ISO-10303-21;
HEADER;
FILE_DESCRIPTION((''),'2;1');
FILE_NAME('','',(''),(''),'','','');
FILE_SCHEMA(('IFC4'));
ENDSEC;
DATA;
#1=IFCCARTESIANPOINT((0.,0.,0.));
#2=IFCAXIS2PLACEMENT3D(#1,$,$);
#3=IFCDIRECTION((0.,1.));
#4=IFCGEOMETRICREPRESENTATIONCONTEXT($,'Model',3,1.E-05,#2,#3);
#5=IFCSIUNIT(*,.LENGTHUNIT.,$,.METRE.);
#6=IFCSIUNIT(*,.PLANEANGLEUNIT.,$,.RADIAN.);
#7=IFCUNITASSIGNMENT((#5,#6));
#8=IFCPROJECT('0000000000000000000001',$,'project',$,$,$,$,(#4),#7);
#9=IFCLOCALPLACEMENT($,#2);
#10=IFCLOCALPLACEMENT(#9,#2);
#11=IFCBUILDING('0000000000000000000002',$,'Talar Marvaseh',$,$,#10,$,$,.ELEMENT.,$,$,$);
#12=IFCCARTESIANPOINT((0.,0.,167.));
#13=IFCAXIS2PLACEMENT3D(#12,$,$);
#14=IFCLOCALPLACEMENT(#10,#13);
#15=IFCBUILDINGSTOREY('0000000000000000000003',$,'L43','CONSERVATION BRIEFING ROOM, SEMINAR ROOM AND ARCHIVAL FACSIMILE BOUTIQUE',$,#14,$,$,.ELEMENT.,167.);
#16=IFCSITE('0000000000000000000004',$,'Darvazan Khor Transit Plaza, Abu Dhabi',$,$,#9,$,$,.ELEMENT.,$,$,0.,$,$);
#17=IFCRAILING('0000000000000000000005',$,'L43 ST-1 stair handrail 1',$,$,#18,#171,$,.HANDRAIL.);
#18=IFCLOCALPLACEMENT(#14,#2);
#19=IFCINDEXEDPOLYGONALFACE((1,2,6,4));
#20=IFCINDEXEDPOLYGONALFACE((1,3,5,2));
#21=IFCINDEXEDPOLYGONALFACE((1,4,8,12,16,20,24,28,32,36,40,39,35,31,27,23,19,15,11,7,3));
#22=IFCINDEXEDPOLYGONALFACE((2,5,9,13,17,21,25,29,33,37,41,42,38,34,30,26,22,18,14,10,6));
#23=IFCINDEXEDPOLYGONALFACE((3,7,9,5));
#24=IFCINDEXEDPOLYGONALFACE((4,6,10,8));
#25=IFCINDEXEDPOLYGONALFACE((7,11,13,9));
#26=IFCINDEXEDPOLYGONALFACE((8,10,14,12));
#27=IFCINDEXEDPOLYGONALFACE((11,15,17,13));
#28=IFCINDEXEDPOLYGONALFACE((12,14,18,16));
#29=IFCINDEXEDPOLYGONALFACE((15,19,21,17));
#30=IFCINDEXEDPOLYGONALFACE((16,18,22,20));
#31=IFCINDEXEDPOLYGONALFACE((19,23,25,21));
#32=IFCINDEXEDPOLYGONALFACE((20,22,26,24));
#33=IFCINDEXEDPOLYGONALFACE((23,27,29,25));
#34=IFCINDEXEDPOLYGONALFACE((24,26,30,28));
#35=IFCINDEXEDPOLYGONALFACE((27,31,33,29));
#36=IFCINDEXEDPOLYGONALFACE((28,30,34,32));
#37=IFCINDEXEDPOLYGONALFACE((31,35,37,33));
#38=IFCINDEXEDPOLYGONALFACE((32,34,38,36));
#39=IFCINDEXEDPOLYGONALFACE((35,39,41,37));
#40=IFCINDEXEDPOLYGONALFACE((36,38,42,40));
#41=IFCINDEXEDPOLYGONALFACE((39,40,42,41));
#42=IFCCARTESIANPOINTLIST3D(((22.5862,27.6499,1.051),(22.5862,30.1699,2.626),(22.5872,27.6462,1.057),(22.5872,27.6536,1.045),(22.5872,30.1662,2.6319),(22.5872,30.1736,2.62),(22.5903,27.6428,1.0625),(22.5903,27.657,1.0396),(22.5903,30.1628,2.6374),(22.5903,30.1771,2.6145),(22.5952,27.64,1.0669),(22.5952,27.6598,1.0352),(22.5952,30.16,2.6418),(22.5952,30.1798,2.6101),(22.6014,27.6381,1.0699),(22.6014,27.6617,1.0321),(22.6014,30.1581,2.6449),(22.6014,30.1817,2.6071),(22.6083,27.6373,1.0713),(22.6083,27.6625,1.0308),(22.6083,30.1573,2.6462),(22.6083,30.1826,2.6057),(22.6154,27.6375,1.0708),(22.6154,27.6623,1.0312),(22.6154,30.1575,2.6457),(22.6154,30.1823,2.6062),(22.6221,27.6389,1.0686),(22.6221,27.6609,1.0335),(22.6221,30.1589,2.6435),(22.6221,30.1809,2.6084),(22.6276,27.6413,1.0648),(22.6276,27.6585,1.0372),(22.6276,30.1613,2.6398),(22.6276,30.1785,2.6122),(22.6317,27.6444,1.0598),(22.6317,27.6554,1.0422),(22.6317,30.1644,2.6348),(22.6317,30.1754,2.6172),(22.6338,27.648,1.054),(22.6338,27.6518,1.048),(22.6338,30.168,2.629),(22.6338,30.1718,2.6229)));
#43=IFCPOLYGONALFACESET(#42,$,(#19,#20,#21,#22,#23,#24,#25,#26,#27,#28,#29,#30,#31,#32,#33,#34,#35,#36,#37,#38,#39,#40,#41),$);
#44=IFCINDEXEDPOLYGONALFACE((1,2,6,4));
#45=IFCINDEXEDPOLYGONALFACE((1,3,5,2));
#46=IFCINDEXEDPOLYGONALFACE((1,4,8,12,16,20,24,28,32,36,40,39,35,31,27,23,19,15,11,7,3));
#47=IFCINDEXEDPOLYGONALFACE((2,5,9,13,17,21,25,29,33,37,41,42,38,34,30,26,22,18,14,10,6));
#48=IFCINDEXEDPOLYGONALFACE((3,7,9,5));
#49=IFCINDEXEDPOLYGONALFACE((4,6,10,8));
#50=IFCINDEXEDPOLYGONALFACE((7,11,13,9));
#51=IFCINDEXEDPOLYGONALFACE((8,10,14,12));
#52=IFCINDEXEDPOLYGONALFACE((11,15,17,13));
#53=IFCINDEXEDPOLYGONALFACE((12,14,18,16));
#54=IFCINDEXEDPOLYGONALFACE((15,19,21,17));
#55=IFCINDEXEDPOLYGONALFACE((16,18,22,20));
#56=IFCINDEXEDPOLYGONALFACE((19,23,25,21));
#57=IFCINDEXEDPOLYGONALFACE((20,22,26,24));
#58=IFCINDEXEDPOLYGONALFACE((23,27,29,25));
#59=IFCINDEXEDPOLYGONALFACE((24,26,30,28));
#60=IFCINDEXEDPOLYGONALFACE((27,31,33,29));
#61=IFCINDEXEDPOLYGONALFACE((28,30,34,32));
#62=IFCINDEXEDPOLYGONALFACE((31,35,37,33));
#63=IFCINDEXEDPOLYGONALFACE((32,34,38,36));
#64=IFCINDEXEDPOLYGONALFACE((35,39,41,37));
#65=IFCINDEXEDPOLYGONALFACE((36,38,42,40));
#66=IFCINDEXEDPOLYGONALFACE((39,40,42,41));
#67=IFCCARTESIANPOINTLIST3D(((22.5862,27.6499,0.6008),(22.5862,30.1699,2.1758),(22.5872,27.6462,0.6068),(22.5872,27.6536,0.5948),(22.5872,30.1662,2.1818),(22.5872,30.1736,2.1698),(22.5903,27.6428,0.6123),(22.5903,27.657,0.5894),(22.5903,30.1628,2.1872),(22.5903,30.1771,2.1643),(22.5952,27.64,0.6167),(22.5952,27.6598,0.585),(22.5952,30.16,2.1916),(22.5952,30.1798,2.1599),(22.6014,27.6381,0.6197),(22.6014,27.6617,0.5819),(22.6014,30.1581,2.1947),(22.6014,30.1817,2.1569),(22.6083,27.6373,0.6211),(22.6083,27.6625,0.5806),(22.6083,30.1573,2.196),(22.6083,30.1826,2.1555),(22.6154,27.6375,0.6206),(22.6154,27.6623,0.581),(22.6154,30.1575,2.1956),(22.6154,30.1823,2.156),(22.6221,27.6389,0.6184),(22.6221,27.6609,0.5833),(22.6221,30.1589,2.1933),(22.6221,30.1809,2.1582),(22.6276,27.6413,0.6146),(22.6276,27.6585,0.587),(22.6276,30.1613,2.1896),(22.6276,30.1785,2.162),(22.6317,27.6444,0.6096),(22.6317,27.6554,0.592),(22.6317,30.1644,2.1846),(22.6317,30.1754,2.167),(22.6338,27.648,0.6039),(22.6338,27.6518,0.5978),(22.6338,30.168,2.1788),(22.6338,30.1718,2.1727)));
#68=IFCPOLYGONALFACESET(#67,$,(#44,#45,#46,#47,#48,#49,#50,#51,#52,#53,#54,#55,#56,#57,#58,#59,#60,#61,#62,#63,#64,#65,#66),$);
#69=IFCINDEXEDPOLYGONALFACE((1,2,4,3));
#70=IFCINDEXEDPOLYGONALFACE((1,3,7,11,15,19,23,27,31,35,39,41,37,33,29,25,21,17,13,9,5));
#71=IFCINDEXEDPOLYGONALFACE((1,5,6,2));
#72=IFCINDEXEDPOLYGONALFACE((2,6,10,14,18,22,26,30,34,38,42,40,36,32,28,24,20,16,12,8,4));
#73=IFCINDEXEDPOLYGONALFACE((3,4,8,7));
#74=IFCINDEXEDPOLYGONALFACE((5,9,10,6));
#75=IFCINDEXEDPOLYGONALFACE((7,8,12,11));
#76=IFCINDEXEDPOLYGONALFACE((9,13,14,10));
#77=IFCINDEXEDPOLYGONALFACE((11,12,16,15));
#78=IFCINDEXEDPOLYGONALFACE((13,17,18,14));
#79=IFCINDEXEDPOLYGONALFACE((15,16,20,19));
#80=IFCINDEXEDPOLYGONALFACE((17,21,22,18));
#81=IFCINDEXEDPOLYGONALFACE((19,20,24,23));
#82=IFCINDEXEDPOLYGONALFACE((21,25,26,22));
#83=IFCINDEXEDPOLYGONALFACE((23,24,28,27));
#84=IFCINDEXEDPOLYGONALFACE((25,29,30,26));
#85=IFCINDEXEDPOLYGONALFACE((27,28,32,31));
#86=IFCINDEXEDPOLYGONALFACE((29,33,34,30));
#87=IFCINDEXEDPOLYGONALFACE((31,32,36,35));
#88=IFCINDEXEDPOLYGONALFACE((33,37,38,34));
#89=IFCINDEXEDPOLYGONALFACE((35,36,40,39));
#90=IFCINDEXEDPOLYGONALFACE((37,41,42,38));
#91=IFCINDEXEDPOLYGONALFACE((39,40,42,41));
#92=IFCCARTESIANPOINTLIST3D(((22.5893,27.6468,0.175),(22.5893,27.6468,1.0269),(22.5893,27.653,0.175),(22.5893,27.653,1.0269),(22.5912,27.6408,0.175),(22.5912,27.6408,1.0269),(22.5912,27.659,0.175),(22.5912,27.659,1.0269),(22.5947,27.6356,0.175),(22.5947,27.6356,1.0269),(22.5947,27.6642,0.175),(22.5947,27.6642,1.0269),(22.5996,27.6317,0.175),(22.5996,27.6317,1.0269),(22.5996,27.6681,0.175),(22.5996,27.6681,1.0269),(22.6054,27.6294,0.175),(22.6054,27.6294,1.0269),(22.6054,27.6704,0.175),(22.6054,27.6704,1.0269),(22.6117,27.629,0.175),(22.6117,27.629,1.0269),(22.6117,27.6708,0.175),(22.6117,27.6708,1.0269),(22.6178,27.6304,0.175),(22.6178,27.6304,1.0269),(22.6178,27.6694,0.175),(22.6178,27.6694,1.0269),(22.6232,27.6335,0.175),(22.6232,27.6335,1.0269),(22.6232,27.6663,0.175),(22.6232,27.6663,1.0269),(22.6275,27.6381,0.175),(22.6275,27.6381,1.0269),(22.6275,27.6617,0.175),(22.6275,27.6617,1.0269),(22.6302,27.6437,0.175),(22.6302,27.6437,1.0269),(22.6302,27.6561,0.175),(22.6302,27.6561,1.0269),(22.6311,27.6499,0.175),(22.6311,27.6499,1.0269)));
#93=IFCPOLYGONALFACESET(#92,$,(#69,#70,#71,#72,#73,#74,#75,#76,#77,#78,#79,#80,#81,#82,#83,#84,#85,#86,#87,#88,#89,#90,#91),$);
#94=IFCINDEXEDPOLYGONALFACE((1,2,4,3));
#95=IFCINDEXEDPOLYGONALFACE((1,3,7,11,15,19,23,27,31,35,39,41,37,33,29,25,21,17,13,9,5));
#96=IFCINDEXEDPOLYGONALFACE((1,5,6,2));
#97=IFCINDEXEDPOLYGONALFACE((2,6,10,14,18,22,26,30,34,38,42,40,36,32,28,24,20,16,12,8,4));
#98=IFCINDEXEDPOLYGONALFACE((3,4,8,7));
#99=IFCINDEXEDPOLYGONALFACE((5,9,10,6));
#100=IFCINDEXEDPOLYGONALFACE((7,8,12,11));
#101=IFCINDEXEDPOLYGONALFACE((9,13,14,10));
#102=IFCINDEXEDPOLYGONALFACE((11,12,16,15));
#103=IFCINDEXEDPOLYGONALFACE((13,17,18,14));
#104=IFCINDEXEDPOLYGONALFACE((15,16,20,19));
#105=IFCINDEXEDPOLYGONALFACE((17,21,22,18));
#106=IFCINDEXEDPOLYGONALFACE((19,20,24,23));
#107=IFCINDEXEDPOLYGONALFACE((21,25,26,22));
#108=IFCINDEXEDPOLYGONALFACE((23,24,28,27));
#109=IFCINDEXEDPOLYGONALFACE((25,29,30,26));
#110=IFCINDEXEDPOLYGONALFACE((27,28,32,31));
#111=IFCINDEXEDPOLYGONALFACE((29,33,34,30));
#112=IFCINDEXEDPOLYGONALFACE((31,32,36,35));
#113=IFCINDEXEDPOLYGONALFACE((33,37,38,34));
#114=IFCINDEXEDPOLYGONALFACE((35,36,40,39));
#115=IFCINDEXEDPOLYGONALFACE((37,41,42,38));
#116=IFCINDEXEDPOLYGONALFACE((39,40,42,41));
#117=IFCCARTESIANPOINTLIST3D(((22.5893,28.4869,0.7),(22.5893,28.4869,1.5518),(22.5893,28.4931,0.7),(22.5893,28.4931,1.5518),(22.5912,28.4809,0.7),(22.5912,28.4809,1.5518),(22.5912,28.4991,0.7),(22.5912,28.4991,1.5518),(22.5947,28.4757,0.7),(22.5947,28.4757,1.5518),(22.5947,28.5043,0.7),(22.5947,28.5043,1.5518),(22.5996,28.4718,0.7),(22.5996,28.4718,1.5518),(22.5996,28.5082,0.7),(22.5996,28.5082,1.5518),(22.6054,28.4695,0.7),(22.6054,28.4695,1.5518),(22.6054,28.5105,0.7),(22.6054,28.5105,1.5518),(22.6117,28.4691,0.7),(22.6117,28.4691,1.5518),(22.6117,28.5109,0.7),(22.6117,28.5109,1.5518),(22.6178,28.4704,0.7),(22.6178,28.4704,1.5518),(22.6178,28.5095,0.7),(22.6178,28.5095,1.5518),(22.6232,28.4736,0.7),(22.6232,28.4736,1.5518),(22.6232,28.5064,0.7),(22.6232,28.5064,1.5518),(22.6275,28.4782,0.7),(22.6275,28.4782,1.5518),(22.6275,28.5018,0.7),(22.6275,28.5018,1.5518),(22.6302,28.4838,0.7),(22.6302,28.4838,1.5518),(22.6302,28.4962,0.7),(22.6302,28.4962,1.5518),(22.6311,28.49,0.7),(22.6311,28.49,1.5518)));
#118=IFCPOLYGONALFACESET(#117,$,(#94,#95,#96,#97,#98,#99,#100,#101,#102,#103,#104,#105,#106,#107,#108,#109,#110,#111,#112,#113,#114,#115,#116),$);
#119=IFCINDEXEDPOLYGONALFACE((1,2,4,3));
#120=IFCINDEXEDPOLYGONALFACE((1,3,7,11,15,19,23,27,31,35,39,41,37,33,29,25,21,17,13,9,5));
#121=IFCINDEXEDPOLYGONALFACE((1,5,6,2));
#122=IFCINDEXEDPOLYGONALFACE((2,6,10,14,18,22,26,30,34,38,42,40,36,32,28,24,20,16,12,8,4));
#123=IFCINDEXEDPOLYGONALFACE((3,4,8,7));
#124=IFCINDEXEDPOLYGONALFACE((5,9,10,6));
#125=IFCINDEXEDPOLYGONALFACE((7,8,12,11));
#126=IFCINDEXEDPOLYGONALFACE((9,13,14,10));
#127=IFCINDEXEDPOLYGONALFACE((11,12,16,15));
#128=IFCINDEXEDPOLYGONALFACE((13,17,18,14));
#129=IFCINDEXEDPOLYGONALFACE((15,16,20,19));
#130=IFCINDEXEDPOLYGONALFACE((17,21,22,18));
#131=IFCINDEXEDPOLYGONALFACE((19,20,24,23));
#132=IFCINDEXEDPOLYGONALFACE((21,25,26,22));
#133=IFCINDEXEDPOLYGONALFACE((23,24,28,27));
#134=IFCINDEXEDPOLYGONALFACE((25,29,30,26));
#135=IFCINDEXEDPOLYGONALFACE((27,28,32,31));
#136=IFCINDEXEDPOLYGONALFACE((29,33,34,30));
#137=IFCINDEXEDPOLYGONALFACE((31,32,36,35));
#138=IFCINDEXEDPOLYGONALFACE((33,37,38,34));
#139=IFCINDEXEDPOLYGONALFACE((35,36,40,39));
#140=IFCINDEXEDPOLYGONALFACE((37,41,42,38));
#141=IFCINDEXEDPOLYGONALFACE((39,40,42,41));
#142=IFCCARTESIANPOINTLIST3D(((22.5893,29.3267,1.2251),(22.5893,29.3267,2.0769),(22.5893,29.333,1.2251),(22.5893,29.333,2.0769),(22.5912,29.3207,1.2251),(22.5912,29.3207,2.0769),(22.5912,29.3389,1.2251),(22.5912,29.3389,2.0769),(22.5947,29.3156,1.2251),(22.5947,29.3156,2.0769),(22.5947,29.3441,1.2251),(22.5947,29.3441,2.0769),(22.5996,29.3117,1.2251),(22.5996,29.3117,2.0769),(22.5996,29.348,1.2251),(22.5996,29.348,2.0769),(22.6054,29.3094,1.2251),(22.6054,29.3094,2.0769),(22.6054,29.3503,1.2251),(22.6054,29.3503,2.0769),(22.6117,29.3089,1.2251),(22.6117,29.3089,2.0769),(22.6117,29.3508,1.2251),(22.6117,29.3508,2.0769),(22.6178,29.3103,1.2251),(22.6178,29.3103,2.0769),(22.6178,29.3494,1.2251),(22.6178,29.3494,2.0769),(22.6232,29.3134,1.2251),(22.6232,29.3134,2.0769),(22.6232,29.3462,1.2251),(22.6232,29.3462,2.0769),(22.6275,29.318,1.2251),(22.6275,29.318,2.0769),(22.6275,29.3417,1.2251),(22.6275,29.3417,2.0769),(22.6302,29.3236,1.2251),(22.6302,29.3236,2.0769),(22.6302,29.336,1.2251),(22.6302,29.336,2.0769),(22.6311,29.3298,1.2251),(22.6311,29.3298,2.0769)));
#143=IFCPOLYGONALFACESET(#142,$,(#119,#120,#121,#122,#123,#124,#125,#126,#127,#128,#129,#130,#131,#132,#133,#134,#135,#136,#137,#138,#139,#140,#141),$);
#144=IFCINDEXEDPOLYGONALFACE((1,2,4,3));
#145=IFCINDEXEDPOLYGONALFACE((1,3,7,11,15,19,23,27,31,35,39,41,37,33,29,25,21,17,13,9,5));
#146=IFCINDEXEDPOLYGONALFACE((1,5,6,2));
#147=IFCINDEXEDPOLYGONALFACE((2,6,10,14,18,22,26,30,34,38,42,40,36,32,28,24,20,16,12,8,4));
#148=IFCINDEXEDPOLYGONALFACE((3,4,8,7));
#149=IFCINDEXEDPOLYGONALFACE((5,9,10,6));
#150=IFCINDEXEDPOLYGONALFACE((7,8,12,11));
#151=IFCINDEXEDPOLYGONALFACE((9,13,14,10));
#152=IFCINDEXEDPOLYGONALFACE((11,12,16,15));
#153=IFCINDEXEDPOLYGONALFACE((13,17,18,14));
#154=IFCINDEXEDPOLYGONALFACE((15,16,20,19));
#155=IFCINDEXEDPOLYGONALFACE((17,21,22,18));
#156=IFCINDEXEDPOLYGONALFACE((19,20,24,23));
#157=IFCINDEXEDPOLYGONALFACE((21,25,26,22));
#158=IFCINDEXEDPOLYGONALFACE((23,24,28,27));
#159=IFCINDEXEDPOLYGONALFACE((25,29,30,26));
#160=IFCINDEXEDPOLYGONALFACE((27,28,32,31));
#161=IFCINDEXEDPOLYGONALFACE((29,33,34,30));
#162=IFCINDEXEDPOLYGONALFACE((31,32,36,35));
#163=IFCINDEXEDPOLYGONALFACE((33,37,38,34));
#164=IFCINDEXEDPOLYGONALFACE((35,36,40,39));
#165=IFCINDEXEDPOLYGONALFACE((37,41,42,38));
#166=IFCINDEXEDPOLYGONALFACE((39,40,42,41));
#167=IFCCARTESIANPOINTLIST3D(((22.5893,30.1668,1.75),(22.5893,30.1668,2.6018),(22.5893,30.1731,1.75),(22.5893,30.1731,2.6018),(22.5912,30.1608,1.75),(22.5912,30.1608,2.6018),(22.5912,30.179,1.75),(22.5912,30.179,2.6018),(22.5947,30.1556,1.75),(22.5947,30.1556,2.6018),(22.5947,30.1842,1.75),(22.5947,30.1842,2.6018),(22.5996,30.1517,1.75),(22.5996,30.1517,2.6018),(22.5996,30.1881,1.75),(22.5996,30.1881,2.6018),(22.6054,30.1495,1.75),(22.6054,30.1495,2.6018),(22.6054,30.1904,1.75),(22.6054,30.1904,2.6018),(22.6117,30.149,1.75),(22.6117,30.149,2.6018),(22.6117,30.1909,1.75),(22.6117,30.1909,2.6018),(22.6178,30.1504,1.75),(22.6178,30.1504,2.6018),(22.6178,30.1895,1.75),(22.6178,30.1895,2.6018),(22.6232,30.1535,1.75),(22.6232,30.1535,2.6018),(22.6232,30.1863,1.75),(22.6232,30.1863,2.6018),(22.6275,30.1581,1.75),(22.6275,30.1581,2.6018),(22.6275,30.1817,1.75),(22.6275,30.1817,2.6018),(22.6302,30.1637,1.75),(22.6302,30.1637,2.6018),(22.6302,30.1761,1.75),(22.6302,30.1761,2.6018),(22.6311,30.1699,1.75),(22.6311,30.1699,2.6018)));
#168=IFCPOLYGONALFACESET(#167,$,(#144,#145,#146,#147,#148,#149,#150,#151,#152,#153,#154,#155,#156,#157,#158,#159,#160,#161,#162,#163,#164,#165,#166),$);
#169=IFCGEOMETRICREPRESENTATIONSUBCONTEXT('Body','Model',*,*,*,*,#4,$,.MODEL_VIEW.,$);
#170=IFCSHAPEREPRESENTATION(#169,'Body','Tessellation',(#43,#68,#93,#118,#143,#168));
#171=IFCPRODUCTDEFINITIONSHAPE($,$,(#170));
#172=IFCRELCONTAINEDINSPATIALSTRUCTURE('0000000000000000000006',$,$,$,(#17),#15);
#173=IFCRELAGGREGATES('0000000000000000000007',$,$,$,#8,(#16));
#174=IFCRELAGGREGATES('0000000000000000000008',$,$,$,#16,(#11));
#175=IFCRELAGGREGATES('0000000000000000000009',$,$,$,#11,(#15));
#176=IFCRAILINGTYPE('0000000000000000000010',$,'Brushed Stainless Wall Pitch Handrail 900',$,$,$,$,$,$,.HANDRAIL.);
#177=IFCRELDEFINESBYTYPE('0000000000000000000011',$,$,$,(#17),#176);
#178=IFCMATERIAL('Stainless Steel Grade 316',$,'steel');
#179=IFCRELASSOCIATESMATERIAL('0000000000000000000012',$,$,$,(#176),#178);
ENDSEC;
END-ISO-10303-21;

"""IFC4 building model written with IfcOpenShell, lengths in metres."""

from ifc_helpers import new_model, si_unit, direction, frame, origin, origin_2d, place, context, subcontext, project, spatial, circle, extrude, material, type_object, element, save


model = new_model("IFC4")

# Units and contexts
model_context = context("Model", 3, precision=1e-05, world=origin(), true_north=direction((0.0, 1.0)))
body_context = subcontext(model_context, "Body", "Model", "MODEL_VIEW")
ifc_project = project(units=[si_unit("LENGTHUNIT", "METRE"), si_unit("PLANEANGLEUNIT", "RADIAN")], contexts=[model_context])

# Site, building, storey
site_placement = place(None, origin())
site = spatial("IfcSite", under=ifc_project, at=site_placement, Name="Darvazan Khor Transit Plaza, Abu Dhabi", CompositionType="ELEMENT", RefElevation=0.0)
building_placement = place(site_placement, origin())
building = spatial("IfcBuilding", under=site, at=building_placement, Name="Talar Marvaseh", CompositionType="ELEMENT")
storey_placement = place(building_placement, frame((0.0, 0.0, 167.0)))
storey = spatial("IfcBuildingStorey", under=building, at=storey_placement, Name="L43", Description="CONSERVATION BRIEFING ROOM, SEMINAR ROOM AND ARCHIVAL FACSIMILE BOUTIQUE", CompositionType="ELEMENT", Elevation=167.0)

# Railing
ifc_material_1 = material(Name="Stainless Steel Grade 316", Category="steel")
railing_type_1 = type_object("IfcRailingType", Name="Brushed Stainless Wall Pitch Handrail 900", PredefinedType="HANDRAIL", material=ifc_material_1)
railing_1_placement = place(storey_placement, frame((22.6101, 27.6499, 0.175)))
element("IfcRailing", 1, at=railing_1_placement, inside=storey, type_object=railing_type_1, Name="L43 ST-1 stair handrail 1", PredefinedType="HANDRAIL", context=body_context, shape_type="SweptSolid", body=[
    extrude(circle(Radius=0.0239, at=origin_2d()), frame((0.0, 0.0, 0.876), z_axis=(0.0, 0.848008, 0.529984), x_axis=(-1.0, 0.0, 0.0)), (0.0, 0.0, 1.0), 2.9717),
    extrude(circle(Radius=0.0239, at=origin_2d()), frame((0.0, 0.0, 0.4258), z_axis=(0.0, 0.848008, 0.529984), x_axis=(-1.0, 0.0, 0.0)), (0.0, 0.0, 1.0), 2.9717),
    extrude(circle(Radius=0.021, at=origin_2d()), origin(), (0.0, 0.0, 1.0), 0.8518),
    extrude(circle(Radius=0.021, at=origin_2d()), frame((0.0, 0.8401, 0.5249)), (0.0, 0.0, 1.0), 0.8518),
    extrude(circle(Radius=0.021, at=origin_2d()), frame((0.0, 1.6799, 1.05)), (0.0, 0.0, 1.0), 0.8518),
    extrude(circle(Radius=0.021, at=origin_2d()), frame((0.0, 2.52, 1.575)), (0.0, 0.0, 1.0), 0.8518),
])

save(model, "model.ifc")
